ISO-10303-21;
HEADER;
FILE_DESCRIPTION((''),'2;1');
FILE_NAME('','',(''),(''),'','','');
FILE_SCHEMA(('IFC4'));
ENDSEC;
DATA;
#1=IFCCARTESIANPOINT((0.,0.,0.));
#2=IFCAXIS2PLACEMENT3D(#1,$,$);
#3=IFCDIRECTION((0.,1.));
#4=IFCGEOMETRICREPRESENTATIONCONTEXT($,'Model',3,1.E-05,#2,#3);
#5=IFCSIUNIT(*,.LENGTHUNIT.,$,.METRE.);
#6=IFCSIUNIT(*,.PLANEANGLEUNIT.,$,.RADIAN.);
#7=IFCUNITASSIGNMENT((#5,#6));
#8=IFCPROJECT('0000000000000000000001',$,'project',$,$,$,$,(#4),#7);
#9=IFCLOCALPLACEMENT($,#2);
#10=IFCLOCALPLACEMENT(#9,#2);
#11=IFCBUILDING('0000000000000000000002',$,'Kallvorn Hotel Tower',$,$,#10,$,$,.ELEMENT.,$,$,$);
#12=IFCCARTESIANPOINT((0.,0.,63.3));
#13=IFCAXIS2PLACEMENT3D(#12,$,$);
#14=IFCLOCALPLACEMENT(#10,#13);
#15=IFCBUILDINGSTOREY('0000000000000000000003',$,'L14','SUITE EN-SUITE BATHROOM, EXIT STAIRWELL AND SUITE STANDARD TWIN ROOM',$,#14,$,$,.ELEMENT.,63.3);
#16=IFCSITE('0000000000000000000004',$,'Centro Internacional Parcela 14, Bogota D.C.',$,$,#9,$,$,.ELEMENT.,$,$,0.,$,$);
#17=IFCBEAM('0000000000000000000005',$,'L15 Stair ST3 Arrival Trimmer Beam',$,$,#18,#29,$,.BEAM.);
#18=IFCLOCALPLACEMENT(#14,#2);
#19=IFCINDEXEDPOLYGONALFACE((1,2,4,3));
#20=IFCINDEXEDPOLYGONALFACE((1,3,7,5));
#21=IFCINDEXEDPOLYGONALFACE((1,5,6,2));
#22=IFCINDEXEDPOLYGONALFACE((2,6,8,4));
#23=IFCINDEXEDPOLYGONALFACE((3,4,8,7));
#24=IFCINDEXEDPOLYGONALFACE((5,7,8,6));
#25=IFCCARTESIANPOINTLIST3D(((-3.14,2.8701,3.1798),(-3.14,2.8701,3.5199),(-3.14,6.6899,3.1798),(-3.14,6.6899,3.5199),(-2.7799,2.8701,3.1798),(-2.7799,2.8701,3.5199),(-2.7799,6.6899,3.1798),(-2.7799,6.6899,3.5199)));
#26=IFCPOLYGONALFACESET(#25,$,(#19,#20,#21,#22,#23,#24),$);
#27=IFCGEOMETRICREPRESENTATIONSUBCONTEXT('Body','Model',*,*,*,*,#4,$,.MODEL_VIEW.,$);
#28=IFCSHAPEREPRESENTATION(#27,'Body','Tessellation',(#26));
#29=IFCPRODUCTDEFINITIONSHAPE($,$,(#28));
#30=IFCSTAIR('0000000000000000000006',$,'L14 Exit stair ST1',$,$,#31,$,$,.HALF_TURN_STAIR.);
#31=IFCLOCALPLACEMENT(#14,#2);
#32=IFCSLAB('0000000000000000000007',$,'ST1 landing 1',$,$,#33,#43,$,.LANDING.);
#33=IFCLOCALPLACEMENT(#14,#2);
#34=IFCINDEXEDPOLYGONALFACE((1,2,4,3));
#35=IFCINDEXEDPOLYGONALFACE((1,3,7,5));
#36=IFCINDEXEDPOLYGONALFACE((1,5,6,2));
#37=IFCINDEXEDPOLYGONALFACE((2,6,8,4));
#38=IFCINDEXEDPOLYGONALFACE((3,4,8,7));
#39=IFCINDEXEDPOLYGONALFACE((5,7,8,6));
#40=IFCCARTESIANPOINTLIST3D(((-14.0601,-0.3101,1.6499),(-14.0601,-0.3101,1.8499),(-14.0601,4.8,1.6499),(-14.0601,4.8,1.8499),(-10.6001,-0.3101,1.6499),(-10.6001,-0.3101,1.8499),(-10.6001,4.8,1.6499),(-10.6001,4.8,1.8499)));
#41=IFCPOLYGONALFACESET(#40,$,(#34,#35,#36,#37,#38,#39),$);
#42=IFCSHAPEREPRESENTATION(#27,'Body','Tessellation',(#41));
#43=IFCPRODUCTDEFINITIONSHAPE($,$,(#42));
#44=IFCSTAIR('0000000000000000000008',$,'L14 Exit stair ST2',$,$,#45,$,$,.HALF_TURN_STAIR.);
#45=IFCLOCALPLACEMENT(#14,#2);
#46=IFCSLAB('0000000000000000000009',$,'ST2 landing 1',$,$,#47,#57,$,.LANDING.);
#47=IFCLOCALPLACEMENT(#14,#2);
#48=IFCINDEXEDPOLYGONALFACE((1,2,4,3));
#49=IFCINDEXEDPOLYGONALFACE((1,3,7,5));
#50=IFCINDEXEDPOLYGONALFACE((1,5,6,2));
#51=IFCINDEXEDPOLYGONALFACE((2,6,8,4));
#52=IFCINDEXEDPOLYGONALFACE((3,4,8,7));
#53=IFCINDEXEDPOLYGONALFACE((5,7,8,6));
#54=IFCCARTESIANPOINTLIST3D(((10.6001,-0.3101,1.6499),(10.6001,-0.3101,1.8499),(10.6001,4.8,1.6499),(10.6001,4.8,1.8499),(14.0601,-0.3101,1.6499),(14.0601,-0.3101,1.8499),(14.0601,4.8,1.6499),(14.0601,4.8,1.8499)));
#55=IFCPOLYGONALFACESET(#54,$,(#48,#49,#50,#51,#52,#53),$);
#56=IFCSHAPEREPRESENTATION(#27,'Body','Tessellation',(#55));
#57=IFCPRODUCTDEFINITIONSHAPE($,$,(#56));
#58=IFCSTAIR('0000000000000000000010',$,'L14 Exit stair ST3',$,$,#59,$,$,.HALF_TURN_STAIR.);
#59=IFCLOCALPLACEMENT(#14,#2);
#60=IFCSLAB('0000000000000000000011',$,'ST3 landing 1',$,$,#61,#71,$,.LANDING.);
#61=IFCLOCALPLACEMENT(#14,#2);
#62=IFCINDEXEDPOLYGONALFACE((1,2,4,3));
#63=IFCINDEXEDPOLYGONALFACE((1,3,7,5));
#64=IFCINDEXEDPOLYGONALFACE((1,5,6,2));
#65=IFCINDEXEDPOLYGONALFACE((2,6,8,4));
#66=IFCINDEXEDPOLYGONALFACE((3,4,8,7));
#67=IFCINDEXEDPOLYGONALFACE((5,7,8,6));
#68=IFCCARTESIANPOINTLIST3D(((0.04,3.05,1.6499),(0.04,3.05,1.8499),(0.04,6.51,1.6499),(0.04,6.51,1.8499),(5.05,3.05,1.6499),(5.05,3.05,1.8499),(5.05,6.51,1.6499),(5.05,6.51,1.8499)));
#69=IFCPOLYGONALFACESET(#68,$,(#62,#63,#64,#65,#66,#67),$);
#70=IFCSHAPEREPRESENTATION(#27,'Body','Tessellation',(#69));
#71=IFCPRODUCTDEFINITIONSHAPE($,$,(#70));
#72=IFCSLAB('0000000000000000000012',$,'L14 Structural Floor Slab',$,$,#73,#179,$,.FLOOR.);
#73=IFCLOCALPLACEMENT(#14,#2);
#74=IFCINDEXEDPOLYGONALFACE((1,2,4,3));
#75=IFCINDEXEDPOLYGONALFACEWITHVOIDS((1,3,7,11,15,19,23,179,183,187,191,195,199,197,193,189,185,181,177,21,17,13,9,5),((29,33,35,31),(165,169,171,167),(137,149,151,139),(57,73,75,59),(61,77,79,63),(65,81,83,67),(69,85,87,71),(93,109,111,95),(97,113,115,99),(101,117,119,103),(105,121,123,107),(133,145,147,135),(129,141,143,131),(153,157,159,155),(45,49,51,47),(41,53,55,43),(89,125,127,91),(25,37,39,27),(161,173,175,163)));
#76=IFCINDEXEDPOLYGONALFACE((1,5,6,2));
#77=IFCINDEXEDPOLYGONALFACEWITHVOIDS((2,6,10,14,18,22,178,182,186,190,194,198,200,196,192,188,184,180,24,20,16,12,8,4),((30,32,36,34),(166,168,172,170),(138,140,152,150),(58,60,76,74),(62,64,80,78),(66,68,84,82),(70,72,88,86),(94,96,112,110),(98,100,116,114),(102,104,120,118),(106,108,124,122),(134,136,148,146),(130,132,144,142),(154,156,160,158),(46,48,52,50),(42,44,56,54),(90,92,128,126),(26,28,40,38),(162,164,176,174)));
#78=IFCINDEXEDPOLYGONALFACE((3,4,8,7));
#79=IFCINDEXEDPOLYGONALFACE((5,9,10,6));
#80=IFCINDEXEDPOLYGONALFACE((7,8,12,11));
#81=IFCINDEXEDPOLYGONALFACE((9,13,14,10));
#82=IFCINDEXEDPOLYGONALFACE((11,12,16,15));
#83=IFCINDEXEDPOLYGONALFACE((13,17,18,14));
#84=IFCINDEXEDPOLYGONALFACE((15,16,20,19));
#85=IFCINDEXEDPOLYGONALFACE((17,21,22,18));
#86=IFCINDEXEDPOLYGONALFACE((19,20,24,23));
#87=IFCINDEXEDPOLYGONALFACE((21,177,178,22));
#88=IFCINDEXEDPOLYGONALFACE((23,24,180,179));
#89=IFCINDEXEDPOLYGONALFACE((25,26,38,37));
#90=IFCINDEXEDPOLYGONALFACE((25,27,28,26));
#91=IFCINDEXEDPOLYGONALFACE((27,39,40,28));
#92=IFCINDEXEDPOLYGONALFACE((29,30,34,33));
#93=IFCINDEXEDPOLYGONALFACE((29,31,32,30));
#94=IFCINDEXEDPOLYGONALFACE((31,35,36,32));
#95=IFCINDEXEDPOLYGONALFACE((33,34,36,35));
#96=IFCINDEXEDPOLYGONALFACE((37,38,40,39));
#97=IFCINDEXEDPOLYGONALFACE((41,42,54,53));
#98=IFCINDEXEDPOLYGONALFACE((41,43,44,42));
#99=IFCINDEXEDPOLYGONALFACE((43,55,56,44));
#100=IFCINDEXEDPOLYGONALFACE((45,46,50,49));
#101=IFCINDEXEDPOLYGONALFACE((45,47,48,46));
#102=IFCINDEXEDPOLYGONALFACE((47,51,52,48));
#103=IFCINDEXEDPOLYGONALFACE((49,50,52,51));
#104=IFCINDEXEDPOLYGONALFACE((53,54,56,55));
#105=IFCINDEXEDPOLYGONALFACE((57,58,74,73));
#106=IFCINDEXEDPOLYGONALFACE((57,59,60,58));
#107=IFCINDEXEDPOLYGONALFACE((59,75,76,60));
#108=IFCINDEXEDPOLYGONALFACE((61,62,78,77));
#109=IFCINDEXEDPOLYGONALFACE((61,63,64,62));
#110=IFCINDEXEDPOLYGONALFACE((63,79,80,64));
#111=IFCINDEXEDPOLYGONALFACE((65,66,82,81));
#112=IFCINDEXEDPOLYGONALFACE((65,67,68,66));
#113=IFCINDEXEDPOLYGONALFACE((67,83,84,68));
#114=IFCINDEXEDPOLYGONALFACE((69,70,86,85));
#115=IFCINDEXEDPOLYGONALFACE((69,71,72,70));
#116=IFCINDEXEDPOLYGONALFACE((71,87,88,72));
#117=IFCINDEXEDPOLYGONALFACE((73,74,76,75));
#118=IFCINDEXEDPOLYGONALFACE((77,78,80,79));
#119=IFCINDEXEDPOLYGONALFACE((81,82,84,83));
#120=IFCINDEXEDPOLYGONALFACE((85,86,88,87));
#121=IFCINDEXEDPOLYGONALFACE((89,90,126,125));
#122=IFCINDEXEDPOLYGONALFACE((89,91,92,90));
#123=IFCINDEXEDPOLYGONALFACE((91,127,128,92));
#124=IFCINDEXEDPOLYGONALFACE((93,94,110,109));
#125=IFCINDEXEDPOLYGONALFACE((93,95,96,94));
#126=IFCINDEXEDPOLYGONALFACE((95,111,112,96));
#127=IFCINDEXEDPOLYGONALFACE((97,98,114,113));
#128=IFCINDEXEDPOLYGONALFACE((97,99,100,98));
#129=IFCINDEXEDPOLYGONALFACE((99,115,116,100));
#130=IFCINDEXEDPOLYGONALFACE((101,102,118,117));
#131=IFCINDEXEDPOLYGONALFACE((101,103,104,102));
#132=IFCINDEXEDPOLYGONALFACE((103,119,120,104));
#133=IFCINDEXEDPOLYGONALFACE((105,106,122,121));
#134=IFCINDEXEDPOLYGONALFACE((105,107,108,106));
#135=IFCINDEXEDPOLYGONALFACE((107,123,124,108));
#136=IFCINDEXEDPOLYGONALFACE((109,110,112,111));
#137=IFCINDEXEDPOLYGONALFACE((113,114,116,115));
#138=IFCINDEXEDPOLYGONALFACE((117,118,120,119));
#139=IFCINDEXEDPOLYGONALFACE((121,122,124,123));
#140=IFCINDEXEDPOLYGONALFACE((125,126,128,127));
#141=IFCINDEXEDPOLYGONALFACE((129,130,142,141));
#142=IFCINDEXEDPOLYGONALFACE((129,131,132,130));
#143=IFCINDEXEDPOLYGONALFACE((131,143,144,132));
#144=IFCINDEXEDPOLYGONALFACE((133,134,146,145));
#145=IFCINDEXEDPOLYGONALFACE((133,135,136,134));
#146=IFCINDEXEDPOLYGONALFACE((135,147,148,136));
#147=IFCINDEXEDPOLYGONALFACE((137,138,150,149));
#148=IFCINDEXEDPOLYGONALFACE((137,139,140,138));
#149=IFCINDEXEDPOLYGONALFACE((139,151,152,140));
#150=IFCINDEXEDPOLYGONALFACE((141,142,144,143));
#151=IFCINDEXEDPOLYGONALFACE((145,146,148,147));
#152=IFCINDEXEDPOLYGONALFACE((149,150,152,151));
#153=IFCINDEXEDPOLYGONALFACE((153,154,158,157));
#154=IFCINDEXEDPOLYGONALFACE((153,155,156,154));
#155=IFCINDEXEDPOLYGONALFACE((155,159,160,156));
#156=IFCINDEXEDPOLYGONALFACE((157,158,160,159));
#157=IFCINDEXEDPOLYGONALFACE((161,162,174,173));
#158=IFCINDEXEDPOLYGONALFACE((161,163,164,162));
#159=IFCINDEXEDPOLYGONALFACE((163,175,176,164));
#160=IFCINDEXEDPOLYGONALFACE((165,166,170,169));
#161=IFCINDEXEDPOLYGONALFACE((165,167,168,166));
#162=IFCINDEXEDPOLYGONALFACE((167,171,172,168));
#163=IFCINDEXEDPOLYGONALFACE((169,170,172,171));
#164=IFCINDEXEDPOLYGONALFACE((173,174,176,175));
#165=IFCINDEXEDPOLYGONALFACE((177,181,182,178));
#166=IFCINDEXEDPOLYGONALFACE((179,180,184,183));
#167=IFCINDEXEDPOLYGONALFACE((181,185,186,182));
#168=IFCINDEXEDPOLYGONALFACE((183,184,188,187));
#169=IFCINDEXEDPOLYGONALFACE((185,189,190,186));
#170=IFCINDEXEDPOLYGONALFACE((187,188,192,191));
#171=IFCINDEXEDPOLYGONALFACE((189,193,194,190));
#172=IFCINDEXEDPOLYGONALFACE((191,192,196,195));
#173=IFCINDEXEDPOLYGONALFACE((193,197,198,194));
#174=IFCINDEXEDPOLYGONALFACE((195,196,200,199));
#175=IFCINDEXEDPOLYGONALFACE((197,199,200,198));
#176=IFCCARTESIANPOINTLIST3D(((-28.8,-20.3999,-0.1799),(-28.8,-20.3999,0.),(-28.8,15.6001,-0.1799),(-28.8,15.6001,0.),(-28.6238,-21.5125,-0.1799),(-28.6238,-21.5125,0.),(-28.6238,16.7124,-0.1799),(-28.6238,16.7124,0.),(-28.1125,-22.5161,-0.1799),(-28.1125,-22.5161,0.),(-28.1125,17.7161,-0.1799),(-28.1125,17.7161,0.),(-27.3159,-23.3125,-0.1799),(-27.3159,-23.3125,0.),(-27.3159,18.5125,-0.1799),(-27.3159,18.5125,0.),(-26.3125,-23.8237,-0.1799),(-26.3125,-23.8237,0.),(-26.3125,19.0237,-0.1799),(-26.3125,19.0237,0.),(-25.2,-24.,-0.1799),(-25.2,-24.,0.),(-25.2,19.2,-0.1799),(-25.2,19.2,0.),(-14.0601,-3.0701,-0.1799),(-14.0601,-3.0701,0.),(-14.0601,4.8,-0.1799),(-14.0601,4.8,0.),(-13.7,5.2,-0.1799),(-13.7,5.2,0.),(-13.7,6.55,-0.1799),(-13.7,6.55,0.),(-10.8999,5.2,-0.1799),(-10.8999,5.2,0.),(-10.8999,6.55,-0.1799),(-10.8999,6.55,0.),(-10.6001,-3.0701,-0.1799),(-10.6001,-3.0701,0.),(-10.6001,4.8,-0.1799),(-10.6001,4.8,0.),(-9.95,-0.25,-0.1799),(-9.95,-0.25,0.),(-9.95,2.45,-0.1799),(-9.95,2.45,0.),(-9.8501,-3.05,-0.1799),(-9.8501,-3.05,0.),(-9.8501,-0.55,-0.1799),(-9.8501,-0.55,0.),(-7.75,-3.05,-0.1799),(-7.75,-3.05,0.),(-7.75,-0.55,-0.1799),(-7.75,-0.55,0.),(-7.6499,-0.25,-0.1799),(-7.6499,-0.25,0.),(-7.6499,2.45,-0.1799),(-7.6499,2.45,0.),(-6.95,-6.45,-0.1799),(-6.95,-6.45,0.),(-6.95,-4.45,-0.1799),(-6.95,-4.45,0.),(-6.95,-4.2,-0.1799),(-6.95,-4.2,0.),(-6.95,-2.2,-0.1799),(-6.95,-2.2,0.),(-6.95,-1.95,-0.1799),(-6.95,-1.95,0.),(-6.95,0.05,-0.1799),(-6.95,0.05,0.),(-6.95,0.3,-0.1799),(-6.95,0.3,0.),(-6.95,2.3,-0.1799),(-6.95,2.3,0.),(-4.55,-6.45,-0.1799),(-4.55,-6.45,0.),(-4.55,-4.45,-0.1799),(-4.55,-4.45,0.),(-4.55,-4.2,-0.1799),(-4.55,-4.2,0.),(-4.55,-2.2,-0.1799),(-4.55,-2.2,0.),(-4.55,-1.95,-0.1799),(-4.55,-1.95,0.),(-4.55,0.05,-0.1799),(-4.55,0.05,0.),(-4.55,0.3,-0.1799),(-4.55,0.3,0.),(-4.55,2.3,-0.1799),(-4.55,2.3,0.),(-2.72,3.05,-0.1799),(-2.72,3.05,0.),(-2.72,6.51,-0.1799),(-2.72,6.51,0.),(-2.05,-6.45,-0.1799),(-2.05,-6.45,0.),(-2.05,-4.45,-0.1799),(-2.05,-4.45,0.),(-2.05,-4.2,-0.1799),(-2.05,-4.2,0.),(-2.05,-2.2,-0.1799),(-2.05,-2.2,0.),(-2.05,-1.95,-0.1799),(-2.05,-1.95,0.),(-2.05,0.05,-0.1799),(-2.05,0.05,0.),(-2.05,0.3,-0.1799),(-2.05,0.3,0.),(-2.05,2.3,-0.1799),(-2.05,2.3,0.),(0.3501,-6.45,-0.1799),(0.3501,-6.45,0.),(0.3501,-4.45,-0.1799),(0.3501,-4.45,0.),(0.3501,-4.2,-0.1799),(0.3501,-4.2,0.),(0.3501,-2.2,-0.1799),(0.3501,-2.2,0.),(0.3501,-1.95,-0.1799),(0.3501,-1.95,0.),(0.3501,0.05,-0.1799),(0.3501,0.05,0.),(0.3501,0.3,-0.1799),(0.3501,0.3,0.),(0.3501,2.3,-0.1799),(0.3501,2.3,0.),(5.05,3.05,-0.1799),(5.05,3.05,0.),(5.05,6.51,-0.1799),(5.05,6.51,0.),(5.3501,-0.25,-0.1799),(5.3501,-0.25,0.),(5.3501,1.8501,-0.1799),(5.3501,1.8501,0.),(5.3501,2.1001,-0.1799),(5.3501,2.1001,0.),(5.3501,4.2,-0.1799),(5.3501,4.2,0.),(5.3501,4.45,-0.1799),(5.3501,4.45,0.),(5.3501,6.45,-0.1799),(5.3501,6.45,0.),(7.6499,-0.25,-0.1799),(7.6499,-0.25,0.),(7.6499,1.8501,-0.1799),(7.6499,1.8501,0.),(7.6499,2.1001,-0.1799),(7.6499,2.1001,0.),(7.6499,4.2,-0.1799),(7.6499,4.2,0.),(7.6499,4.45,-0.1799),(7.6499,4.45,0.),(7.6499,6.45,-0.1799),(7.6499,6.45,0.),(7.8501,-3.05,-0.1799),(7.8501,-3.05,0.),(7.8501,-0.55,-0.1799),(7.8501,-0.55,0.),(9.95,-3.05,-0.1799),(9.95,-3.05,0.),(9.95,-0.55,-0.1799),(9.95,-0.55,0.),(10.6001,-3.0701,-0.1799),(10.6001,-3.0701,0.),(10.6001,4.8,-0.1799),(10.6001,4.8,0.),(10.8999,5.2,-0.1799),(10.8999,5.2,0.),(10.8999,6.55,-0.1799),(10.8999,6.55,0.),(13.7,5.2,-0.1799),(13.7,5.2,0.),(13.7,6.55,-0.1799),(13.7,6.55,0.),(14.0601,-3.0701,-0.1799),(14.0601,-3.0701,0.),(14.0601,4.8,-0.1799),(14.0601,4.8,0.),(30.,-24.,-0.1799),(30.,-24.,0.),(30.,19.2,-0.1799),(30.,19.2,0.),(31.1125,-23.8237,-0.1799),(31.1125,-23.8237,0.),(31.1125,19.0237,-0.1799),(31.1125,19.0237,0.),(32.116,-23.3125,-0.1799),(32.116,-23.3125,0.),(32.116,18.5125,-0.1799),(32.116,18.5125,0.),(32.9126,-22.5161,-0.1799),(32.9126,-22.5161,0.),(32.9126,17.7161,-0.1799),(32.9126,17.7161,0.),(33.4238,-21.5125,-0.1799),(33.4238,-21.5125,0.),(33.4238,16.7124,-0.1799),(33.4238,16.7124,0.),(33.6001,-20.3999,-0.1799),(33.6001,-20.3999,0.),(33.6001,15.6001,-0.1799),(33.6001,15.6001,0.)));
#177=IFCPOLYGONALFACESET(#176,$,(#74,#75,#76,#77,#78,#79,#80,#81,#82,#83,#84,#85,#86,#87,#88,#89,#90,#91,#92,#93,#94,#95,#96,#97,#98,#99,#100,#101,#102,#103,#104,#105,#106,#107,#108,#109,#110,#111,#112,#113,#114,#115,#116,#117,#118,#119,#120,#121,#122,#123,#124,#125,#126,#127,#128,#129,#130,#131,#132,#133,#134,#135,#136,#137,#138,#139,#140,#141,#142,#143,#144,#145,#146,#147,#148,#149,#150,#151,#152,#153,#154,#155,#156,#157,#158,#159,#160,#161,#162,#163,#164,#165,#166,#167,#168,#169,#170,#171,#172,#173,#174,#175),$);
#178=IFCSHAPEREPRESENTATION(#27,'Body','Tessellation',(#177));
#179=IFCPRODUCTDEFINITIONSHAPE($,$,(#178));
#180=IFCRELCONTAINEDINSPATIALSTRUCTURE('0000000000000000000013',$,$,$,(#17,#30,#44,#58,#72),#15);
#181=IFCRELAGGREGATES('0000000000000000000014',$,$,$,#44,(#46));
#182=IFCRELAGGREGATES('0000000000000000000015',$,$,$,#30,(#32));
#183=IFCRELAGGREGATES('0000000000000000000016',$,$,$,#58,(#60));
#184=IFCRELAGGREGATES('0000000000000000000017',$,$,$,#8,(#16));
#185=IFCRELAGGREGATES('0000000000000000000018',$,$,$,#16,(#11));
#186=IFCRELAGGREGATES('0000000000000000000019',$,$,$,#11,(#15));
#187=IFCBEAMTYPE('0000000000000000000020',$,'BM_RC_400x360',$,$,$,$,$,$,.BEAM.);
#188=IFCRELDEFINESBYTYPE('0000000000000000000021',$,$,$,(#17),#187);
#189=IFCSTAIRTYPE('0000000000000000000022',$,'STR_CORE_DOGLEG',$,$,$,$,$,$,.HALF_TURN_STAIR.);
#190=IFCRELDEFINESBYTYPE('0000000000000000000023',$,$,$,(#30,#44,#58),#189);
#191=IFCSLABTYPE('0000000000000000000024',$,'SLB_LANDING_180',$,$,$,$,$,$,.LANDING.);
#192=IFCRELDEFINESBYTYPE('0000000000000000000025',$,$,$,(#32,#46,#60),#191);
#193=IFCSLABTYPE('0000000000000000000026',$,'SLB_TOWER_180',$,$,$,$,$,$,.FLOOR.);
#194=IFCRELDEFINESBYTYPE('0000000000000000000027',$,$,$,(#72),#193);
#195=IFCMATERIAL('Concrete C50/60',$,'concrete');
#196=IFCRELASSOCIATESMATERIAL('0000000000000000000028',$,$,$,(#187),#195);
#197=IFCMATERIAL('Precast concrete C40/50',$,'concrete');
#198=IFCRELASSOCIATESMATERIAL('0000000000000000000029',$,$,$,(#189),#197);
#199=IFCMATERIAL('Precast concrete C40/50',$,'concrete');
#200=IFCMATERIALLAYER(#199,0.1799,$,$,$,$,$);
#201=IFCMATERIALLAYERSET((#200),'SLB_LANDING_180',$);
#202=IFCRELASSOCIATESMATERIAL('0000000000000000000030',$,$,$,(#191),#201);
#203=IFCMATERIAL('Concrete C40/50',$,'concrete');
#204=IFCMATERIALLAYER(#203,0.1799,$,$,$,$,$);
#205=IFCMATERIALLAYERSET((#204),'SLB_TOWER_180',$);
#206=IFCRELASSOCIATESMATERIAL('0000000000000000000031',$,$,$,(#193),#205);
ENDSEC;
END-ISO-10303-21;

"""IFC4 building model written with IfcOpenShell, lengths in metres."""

from ifc_helpers import new_model, si_unit, direction, frame, origin, origin_2d, place, context, subcontext, project, spatial, polyline, rectangle, outline, extrude, material, layer, layer_set, material_profile, profile_set, type_object, element, aggregate, save


model = new_model("IFC4")

# Units and contexts
model_context = context("Model", 3, precision=1e-05, world=origin(), true_north=direction((0.0, 1.0)))
body_context = subcontext(model_context, "Body", "Model", "MODEL_VIEW")
ifc_project = project(units=[si_unit("LENGTHUNIT", "METRE"), si_unit("PLANEANGLEUNIT", "RADIAN")], contexts=[model_context])

# Site, building, storey
site_placement = place(None, origin())
site = spatial("IfcSite", under=ifc_project, at=site_placement, Name="Centro Internacional Parcela 14, Bogota D.C.", CompositionType="ELEMENT", RefElevation=0.0)
building_placement = place(site_placement, origin())
building = spatial("IfcBuilding", under=site, at=building_placement, Name="Kallvorn Hotel Tower", CompositionType="ELEMENT")
storey_placement = place(building_placement, frame((0.0, 0.0, 63.3)))
storey = spatial("IfcBuildingStorey", under=building, at=storey_placement, Name="L14", Description="SUITE EN-SUITE BATHROOM, EXIT STAIRWELL AND SUITE STANDARD TWIN ROOM", CompositionType="ELEMENT", Elevation=63.3)

# Beam
ifc_material_1 = material(Name="Concrete C50/60", Category="concrete")
ifc_material_profile = material_profile(ifc_material_1, rectangle(XDim=0.3601, YDim=0.3401, at=origin_2d()), Name="RC 360x340")
ifc_profile_set = profile_set([ifc_material_profile], Name="Concrete C50/60")
beam_type = type_object("IfcBeamType", Name="BM_RC_400x360", PredefinedType="BEAM", material=ifc_profile_set)
beam_placement = place(storey_placement, frame((-2.96, 2.8701, 3.3499), z_axis=(0.0, 1.0, 0.0), x_axis=(-1.0, 0.0, 0.0)))
element("IfcBeam", 1, at=beam_placement, inside=storey, type_object=beam_type, Name="L15 Stair ST3 Arrival Trimmer Beam", PredefinedType="BEAM", context=body_context, shape_type="SweptSolid", body=[
    extrude(rectangle(XDim=0.3601, YDim=0.3401, at=origin_2d()), origin(), (0.0, 0.0, 1.0), 3.8198),
])

# Stairs, slabs
ifc_material_2 = material(Name="Precast concrete C40/50", Category="concrete")
stair_type = type_object("IfcStairType", Name="STR_CORE_DOGLEG", PredefinedType="HALF_TURN_STAIR", material=ifc_material_2)
stair_1_placement = place(storey_placement, origin())
stair_1 = element("IfcStair", 2, at=stair_1_placement, inside=storey, type_object=stair_type, Name="L14 Exit stair ST1", PredefinedType="HALF_TURN_STAIR")
ifc_material_3 = material(Name="Precast concrete C40/50", Category="concrete")
ifc_layer_1 = layer(ifc_material_3, 0.1799)
ifc_layer_set_1 = layer_set([ifc_layer_1], Name="SLB_LANDING_180")
slab_type_1 = type_object("IfcSlabType", Name="SLB_LANDING_180", PredefinedType="LANDING", material=ifc_layer_set_1)
slab_1_placement = place(storey_placement, frame((0.0, 0.0, 1.6499)))
slab_1 = element("IfcSlab", 3, at=slab_1_placement, type_object=slab_type_1, Name="ST1 landing 1", PredefinedType="LANDING", context=body_context, shape_type="SweptSolid", body=[
    extrude(outline(polyline([(-10.6001, -0.3101), (-10.6001, 4.8), (-14.0601, 4.8), (-14.0601, -0.3101), (-10.6001, -0.3101)])), origin(), (0.0, 0.0, 1.0), 0.2),
])
stair_2_placement = place(storey_placement, origin())
stair_2 = element("IfcStair", 4, at=stair_2_placement, inside=storey, type_object=stair_type, Name="L14 Exit stair ST2", PredefinedType="HALF_TURN_STAIR")
slab_2_placement = place(storey_placement, frame((0.0, 0.0, 1.6499)))
slab_2 = element("IfcSlab", 5, at=slab_2_placement, type_object=slab_type_1, Name="ST2 landing 1", PredefinedType="LANDING", context=body_context, shape_type="SweptSolid", body=[
    extrude(outline(polyline([(14.0601, -0.3101), (14.0601, 4.8), (10.6001, 4.8), (10.6001, -0.3101), (14.0601, -0.3101)])), origin(), (0.0, 0.0, 1.0), 0.2),
])
aggregate(stair_2, [slab_2])
stair_3_placement = place(storey_placement, origin())
stair_3 = element("IfcStair", 6, at=stair_3_placement, inside=storey, type_object=stair_type, Name="L14 Exit stair ST3", PredefinedType="HALF_TURN_STAIR")
slab_3_placement = place(storey_placement, frame((0.0, 0.0, 1.6499)))
slab_3 = element("IfcSlab", 7, at=slab_3_placement, type_object=slab_type_1, Name="ST3 landing 1", PredefinedType="LANDING", context=body_context, shape_type="SweptSolid", body=[
    extrude(outline(polyline([(0.04, 3.05), (5.05, 3.05), (5.05, 6.51), (0.04, 6.51), (0.04, 3.05)])), origin(), (0.0, 0.0, 1.0), 0.2),
])

# Slab
ifc_material_4 = material(Name="Concrete C40/50", Category="concrete")
ifc_layer_2 = layer(ifc_material_4, 0.1799)
ifc_layer_set_2 = layer_set([ifc_layer_2], Name="SLB_TOWER_180")
slab_type_2 = type_object("IfcSlabType", Name="SLB_TOWER_180", PredefinedType="FLOOR", material=ifc_layer_set_2)
slab_4_placement = place(storey_placement, frame((0.0, 0.0, -0.1799)))
element("IfcSlab", 8, at=slab_4_placement, inside=storey, type_object=slab_type_2, Name="L14 Structural Floor Slab", PredefinedType="FLOOR", context=body_context, shape_type="SweptSolid", body=[
    extrude(outline(polyline([(30.0, -24.0), (31.1125, -23.8237), (32.116, -23.3125), (32.9126, -22.5161), (33.4238, -21.5125), (33.6001, -20.3999), (33.6001, 15.6001), (33.4238, 16.7124), (32.9126, 17.7161), (32.116, 18.5125), (31.1125, 19.0237), (30.0, 19.2), (-25.2, 19.2), (-26.3125, 19.0237), (-27.3159, 18.5125), (-28.1125, 17.7161), (-28.6238, 16.7124), (-28.8, 15.6001), (-28.8, -20.3999), (-28.6238, -21.5125), (-28.1125, -22.5161), (-27.3159, -23.3125), (-26.3125, -23.8237), (-25.2, -24.0), (30.0, -24.0)]), holes=[polyline([(-10.6001, -3.0701), (-10.6001, 4.8), (-14.0601, 4.8), (-14.0601, -3.0701), (-10.6001, -3.0701)]), polyline([(14.0601, -3.0701), (14.0601, 4.8), (10.6001, 4.8), (10.6001, -3.0701), (14.0601, -3.0701)]), polyline([(-2.72, 3.05), (5.05, 3.05), (5.05, 6.51), (-2.72, 6.51), (-2.72, 3.05)]), polyline([(-6.95, -6.45), (-4.55, -6.45), (-4.55, -4.45), (-6.95, -4.45), (-6.95, -6.45)]), polyline([(-6.95, -4.2), (-4.55, -4.2), (-4.55, -2.2), (-6.95, -2.2), (-6.95, -4.2)]), polyline([(-6.95, -1.95), (-4.55, -1.95), (-4.55, 0.05), (-6.95, 0.05), (-6.95, -1.95)]), polyline([(-6.95, 0.3), (-4.55, 0.3), (-4.55, 2.3), (-6.95, 2.3), (-6.95, 0.3)]), polyline([(-2.05, -6.45), (0.3501, -6.45), (0.3501, -4.45), (-2.05, -4.45), (-2.05, -6.45)]), polyline([(-2.05, -4.2), (0.3501, -4.2), (0.3501, -2.2), (-2.05, -2.2), (-2.05, -4.2)]), polyline([(-2.05, -1.95), (0.3501, -1.95), (0.3501, 0.05), (-2.05, 0.05), (-2.05, -1.95)]), polyline([(-2.05, 0.3), (0.3501, 0.3), (0.3501, 2.3), (-2.05, 2.3), (-2.05, 0.3)]), polyline([(5.3501, -0.25), (7.6499, -0.25), (7.6499, 1.8501), (5.3501, 1.8501), (5.3501, -0.25)]), polyline([(5.3501, 2.1001), (7.6499, 2.1001), (7.6499, 4.2), (5.3501, 4.2), (5.3501, 2.1001)]), polyline([(5.3501, 4.45), (7.6499, 4.45), (7.6499, 6.45), (5.3501, 6.45), (5.3501, 4.45)]), polyline([(-9.8501, -3.05), (-7.75, -3.05), (-7.75, -0.55), (-9.8501, -0.55), (-9.8501, -3.05)]), polyline([(7.8501, -3.05), (9.95, -3.05), (9.95, -0.55), (7.8501, -0.55), (7.8501, -3.05)]), polyline([(-9.95, -0.25), (-7.6499, -0.25), (-7.6499, 2.45), (-9.95, 2.45), (-9.95, -0.25)]), polyline([(-13.7, 5.2), (-10.8999, 5.2), (-10.8999, 6.55), (-13.7, 6.55), (-13.7, 5.2)]), polyline([(10.8999, 5.2), (13.7, 5.2), (13.7, 6.55), (10.8999, 6.55), (10.8999, 5.2)])]), origin(), (0.0, 0.0, 1.0), 0.1799),
])

aggregate(stair_1, [slab_1])
aggregate(stair_3, [slab_3])

save(model, "model.ifc")
